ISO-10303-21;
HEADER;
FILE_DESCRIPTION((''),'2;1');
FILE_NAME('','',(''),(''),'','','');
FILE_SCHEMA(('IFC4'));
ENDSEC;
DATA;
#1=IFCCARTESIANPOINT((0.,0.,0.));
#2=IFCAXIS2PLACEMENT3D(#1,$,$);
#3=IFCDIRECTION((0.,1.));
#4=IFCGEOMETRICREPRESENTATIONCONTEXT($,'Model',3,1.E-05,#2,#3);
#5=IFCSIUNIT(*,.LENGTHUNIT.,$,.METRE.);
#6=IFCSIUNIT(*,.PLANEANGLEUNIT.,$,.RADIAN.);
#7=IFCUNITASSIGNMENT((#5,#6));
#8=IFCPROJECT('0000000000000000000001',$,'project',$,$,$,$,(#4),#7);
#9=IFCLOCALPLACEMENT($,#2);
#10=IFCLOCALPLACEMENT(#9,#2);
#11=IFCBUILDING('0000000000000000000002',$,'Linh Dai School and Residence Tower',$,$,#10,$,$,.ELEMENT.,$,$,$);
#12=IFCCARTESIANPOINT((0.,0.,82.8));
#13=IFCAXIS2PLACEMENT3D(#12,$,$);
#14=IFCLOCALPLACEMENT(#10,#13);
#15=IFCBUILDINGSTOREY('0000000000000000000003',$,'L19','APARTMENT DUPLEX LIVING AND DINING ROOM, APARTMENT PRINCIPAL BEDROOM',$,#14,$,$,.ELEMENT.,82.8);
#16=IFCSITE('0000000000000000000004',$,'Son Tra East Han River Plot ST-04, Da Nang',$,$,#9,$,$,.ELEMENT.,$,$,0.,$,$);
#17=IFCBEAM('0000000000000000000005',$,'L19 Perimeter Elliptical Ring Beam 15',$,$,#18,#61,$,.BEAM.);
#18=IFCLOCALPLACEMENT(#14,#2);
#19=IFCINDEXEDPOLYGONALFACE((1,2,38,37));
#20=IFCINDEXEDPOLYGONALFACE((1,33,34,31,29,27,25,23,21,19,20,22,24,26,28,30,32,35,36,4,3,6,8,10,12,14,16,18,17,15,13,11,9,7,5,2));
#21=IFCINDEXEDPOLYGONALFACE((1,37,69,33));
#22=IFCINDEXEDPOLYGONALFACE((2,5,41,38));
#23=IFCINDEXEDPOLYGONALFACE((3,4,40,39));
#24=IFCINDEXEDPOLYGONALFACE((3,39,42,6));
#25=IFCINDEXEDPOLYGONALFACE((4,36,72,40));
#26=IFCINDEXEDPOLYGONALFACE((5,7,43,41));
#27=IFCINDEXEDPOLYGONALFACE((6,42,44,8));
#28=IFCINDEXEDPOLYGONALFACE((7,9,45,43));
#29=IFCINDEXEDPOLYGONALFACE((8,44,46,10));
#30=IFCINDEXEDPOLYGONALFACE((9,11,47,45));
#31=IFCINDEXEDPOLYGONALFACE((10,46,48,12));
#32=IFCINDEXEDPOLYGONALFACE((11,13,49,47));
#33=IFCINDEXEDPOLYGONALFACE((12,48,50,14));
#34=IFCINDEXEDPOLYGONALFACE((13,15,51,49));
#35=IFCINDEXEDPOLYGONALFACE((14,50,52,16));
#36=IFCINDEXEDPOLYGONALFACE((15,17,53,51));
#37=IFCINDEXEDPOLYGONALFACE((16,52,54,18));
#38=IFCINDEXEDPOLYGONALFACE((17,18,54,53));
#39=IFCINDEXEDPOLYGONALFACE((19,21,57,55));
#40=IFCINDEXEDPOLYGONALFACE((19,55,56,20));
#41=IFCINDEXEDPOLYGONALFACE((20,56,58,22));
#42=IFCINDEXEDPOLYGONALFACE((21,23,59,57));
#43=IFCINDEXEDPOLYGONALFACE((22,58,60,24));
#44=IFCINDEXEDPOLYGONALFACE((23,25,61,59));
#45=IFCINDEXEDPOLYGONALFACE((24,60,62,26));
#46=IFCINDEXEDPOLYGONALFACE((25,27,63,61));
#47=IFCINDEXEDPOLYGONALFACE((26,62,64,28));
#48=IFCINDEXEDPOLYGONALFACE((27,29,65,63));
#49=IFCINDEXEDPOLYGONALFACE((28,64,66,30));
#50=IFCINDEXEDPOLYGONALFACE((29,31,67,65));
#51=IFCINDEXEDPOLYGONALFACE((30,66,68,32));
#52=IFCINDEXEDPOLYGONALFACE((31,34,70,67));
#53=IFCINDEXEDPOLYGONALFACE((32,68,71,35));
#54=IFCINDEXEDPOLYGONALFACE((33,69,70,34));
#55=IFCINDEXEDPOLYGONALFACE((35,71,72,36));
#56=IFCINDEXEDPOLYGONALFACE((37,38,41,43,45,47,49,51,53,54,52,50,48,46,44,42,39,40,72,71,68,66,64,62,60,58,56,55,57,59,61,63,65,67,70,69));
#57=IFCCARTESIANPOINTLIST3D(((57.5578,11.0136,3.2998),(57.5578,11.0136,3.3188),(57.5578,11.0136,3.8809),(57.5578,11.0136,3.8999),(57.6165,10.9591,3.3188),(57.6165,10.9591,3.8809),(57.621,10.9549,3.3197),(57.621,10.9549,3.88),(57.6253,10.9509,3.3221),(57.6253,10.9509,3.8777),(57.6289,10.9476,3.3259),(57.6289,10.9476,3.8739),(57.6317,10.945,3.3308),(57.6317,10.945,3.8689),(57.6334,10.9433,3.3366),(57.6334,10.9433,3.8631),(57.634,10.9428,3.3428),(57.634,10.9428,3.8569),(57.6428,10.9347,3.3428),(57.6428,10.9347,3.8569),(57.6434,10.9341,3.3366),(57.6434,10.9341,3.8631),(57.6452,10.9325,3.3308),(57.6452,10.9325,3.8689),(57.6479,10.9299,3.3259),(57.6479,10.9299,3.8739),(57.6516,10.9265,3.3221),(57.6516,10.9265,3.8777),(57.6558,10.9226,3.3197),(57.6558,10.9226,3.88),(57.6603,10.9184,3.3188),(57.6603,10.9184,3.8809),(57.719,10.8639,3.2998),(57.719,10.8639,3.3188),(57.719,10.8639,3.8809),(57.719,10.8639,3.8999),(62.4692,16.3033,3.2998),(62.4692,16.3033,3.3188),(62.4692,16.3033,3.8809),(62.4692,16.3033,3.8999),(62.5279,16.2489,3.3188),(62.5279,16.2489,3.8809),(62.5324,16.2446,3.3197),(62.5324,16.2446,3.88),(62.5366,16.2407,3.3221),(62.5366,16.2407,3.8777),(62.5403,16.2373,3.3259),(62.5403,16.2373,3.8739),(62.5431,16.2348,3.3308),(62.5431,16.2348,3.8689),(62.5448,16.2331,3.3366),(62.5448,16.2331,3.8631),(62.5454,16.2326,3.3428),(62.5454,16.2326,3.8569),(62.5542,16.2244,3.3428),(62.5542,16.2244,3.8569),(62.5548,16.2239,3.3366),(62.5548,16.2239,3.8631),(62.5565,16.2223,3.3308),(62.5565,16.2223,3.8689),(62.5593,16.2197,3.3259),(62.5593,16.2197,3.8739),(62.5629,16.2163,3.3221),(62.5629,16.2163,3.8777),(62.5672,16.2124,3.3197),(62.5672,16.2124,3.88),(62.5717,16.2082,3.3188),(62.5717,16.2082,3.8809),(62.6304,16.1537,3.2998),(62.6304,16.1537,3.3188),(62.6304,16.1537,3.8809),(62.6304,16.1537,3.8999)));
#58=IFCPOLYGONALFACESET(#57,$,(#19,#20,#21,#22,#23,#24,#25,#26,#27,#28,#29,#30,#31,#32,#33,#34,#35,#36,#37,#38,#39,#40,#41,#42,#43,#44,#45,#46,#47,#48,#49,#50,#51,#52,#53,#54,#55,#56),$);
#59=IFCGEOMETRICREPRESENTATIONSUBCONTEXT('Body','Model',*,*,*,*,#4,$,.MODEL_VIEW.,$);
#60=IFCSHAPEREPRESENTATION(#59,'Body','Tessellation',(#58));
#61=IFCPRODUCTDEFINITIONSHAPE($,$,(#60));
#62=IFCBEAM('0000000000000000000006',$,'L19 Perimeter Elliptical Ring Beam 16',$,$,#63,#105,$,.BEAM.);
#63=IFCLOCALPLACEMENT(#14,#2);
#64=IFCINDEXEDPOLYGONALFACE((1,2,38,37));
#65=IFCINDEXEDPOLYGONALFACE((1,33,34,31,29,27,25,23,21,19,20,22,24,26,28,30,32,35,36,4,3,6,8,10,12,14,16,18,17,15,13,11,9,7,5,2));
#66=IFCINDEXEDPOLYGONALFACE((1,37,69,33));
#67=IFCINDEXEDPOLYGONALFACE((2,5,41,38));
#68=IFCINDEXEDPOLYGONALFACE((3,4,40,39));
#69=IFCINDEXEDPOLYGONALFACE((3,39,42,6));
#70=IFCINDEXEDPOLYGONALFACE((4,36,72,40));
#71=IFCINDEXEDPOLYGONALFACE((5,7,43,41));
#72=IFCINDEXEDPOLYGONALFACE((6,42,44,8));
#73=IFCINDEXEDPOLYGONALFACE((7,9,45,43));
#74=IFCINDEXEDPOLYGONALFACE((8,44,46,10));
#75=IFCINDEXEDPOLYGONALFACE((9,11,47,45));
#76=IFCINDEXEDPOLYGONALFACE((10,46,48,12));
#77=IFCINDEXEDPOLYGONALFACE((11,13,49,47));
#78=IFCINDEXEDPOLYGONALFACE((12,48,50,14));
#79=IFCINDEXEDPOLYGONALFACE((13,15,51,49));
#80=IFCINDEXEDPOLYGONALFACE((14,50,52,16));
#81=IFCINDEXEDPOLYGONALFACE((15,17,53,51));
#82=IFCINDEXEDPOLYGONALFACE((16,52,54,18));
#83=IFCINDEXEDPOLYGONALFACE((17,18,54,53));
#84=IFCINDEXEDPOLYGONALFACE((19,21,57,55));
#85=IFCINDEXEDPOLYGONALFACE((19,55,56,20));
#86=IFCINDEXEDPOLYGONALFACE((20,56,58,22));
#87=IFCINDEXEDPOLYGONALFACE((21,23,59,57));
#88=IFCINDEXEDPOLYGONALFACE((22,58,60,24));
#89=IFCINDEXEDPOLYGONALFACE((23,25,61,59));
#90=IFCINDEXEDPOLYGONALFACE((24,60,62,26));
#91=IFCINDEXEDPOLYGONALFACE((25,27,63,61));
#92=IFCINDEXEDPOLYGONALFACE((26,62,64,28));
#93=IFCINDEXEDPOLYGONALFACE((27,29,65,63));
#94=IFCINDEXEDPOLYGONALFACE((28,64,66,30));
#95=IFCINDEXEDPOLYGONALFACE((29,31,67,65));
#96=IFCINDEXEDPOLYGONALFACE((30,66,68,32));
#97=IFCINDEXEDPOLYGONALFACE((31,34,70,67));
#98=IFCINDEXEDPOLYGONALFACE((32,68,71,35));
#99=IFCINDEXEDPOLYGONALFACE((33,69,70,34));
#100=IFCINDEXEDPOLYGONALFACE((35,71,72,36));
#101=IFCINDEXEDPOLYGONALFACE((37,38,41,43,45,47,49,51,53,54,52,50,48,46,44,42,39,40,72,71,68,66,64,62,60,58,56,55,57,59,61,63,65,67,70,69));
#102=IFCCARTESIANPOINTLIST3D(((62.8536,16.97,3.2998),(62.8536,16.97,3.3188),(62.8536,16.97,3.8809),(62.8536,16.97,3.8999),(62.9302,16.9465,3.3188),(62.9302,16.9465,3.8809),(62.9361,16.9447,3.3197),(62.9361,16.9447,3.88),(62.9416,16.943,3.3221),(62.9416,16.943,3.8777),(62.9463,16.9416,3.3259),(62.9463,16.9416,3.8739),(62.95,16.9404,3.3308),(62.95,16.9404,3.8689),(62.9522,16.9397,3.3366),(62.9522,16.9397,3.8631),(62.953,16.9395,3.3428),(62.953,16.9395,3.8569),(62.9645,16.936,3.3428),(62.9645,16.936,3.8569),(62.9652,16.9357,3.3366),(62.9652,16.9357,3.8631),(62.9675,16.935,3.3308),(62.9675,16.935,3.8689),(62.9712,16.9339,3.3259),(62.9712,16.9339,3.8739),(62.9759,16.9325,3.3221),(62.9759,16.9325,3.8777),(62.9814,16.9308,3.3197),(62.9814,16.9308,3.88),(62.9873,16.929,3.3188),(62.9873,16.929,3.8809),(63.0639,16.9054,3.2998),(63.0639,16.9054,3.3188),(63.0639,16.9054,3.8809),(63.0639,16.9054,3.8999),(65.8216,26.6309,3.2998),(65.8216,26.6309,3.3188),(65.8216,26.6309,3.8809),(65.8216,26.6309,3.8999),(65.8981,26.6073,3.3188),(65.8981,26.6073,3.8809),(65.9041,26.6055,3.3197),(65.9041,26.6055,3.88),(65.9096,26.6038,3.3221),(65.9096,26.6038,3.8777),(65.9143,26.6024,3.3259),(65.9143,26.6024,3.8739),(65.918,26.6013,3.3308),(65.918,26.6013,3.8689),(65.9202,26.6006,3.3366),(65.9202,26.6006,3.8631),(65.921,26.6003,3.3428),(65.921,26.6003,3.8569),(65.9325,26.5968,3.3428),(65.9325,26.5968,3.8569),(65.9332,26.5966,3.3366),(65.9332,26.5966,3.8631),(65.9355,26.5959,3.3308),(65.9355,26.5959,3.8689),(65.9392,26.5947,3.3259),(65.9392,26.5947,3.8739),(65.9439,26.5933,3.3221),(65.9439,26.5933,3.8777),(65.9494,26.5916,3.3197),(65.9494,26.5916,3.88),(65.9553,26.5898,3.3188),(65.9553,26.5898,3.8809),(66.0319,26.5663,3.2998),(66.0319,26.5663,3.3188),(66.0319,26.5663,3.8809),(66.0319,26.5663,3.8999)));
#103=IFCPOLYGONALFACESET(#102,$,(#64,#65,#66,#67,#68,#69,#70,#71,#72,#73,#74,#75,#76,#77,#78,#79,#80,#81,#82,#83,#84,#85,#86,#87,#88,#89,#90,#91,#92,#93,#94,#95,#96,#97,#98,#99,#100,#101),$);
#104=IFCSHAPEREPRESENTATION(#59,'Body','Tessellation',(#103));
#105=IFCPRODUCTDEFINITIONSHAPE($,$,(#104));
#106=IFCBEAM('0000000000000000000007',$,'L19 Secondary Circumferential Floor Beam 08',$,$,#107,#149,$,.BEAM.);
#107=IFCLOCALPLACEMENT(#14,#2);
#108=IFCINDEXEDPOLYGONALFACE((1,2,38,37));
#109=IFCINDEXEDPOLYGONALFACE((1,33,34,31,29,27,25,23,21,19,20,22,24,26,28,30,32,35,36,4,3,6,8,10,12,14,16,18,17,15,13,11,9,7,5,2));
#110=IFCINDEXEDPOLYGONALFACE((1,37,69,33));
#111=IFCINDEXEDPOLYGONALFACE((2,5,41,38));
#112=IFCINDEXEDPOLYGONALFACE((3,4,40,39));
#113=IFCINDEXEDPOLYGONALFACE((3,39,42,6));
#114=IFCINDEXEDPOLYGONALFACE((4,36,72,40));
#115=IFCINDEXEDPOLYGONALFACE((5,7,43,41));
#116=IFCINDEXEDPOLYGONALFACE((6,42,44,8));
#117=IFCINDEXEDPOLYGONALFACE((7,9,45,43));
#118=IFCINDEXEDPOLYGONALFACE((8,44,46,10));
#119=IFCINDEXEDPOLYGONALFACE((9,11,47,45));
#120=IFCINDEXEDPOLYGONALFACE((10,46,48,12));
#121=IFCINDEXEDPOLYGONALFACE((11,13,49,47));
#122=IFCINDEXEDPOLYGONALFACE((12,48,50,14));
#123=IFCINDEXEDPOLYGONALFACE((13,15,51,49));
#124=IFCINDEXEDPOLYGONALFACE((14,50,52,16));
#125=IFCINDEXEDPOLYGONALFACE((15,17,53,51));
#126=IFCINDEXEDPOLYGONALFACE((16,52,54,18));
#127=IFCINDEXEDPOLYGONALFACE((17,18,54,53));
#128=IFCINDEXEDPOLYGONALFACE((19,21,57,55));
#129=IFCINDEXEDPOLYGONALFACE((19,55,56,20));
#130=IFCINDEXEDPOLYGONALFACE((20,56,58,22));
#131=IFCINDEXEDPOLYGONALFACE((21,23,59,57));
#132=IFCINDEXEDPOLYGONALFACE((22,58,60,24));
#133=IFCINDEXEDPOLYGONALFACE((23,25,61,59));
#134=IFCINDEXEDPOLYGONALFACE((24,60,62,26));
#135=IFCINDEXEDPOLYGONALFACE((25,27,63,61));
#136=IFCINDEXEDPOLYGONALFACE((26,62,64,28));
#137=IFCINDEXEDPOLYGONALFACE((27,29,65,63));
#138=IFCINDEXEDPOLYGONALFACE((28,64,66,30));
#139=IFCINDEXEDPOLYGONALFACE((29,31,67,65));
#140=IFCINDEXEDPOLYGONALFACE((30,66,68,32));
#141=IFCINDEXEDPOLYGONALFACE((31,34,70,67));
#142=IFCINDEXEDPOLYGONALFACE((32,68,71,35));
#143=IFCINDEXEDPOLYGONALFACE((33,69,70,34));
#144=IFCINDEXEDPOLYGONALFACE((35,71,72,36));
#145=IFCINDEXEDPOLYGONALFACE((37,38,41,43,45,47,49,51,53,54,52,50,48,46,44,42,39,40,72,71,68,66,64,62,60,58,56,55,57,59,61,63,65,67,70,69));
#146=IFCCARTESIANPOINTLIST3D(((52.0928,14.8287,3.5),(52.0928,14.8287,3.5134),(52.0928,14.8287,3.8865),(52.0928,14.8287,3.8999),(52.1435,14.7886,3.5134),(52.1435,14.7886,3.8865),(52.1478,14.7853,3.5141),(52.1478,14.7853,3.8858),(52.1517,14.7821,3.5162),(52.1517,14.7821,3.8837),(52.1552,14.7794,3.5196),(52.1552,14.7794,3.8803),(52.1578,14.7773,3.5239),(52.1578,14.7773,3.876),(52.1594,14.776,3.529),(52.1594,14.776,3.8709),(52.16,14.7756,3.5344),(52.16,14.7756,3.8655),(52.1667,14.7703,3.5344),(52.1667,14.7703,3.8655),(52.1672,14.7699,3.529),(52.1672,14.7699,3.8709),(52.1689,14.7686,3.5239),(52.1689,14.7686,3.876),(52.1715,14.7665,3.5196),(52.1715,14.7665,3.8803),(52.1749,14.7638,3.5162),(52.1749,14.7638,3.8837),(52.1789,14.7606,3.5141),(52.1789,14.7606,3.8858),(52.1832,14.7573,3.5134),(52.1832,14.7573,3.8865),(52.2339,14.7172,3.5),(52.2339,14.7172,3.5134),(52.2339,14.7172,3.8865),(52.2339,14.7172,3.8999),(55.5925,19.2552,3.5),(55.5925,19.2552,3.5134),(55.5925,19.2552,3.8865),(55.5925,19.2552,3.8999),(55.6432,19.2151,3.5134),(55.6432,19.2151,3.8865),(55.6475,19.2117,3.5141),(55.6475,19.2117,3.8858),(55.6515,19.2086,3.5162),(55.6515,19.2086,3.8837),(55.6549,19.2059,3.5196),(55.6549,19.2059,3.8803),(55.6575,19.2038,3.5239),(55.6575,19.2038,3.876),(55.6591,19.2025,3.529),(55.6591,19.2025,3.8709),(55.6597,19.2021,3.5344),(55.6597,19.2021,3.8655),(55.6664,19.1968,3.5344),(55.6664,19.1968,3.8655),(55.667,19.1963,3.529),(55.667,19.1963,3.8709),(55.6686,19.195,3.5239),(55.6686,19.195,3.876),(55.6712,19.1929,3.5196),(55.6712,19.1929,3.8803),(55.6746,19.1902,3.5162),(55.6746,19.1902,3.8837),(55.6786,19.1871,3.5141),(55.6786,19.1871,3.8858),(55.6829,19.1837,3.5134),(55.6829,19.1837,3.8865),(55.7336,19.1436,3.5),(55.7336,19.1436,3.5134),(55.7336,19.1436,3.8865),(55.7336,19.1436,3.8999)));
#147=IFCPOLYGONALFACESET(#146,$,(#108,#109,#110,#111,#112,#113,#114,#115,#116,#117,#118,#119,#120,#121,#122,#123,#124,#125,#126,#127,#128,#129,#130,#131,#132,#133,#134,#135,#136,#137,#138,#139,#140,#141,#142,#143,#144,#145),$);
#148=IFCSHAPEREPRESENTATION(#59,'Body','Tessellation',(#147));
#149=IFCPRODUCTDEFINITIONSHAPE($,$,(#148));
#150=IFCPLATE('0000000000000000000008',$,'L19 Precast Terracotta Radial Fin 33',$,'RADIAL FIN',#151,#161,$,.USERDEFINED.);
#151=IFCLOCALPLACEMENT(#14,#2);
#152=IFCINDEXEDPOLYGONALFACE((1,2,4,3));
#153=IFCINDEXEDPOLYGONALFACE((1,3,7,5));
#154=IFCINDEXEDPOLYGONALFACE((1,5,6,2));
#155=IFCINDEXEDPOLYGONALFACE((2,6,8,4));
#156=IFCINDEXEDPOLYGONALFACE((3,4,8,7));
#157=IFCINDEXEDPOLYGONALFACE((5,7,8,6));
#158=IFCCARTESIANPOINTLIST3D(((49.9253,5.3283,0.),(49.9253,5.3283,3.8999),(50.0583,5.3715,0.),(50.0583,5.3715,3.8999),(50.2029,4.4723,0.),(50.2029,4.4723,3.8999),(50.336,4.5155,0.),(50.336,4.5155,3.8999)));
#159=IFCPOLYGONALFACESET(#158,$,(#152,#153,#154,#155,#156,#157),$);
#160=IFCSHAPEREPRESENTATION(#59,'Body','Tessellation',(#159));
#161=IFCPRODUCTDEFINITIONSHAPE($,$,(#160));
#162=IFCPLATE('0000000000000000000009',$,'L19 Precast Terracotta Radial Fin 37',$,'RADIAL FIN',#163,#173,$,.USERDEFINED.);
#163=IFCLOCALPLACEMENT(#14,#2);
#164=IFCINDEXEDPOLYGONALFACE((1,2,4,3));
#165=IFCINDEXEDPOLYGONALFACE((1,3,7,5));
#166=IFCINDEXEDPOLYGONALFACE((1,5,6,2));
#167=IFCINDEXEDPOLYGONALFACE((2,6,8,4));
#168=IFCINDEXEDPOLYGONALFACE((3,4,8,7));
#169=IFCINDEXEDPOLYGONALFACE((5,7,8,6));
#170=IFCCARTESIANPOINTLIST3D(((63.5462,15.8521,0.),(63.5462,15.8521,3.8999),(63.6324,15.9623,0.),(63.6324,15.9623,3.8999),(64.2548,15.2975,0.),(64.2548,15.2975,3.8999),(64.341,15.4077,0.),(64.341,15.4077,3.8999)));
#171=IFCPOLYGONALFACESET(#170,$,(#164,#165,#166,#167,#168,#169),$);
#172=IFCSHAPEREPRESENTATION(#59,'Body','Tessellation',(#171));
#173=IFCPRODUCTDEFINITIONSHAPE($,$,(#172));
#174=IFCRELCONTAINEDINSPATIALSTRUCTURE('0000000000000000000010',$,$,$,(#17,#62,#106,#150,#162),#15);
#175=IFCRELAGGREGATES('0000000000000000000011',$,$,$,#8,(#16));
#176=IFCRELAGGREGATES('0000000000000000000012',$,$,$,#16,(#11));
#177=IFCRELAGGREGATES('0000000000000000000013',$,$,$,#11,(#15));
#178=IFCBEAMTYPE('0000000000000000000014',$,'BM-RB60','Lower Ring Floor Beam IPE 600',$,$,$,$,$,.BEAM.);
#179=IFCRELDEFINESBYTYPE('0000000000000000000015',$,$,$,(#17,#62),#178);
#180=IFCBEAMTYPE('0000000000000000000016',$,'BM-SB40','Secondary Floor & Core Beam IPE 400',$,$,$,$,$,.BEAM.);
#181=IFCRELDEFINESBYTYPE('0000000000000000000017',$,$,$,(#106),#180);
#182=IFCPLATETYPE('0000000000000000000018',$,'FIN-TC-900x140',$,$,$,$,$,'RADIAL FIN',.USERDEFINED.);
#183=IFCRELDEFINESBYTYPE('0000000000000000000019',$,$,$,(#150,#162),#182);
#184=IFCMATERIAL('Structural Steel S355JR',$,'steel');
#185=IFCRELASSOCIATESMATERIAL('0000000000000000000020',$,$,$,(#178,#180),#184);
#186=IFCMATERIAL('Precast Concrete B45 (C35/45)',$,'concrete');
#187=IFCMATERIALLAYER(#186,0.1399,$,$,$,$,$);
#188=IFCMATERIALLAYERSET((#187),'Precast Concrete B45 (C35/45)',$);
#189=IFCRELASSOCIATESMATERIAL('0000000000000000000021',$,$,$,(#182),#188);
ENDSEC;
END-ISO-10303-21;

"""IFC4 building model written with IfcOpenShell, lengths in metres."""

from ifc_helpers import new_model, si_unit, direction, frame, origin, origin_2d, place, context, subcontext, project, spatial, rectangle, i_section, extrude, source, transform, mapped, material, layer, layer_set, material_profile, profile_set, type_object, element, save


model = new_model("IFC4")

# Units and contexts
model_context = context("Model", 3, precision=1e-05, world=origin(), true_north=direction((0.0, 1.0)))
body_context = subcontext(model_context, "Body", "Model", "MODEL_VIEW")
ifc_project = project(units=[si_unit("LENGTHUNIT", "METRE"), si_unit("PLANEANGLEUNIT", "RADIAN")], contexts=[model_context])

# Site, building, storey
site_placement = place(None, origin())
site = spatial("IfcSite", under=ifc_project, at=site_placement, Name="Son Tra East Han River Plot ST-04, Da Nang", CompositionType="ELEMENT", RefElevation=0.0)
building_placement = place(site_placement, origin())
building = spatial("IfcBuilding", under=site, at=building_placement, Name="Linh Dai School and Residence Tower", CompositionType="ELEMENT")
storey_placement = place(building_placement, frame((0.0, 0.0, 82.8)))
storey = spatial("IfcBuildingStorey", under=building, at=storey_placement, Name="L19", Description="APARTMENT DUPLEX LIVING AND DINING ROOM, APARTMENT PRINCIPAL BEDROOM", CompositionType="ELEMENT", Elevation=82.8)

# Shared definitions
ifc_material_1 = material(Name="Structural Steel S355JR", Category="steel")

# Beams
ifc_material_profile_1 = material_profile(ifc_material_1, i_section(OverallWidth=0.22, OverallDepth=0.6001, WebThickness=0.012, FlangeThickness=0.019, FilletRadius=0.0239, at=origin_2d()), Name="IPE 600")
ifc_profile_set_1 = profile_set([ifc_material_profile_1], Name="Structural Steel S355JR")
beam_type_1 = type_object("IfcBeamType", Name="BM-RB60", Description="Lower Ring Floor Beam IPE 600", PredefinedType="BEAM", material=ifc_profile_set_1)
beam_1_placement = place(storey_placement, frame((57.6384, 10.9387, 3.5999), z_axis=(0.680408, 0.732833, 0.0), x_axis=(-0.732833, 0.680408, 0.0)))
element("IfcBeam", 1, at=beam_1_placement, inside=storey, type_object=beam_type_1, Name="L19 Perimeter Elliptical Ring Beam 15", PredefinedType="BEAM", context=body_context, shape_type="SweptSolid", body=[
    extrude(i_section(OverallWidth=0.22, OverallDepth=0.6001, WebThickness=0.012, FlangeThickness=0.019, FilletRadius=0.0239, at=origin_2d()), origin(), (0.0, 0.0, 1.0), 7.2183),
])
beam_2_placement = place(storey_placement, frame((62.9587, 16.9377, 3.5999), z_axis=(0.293673, 0.955906, 0.0), x_axis=(-0.955906, 0.293673, 0.0)))
element("IfcBeam", 2, at=beam_2_placement, inside=storey, type_object=beam_type_1, Name="L19 Perimeter Elliptical Ring Beam 16", PredefinedType="BEAM", context=body_context, shape_type="SweptSolid", body=[
    extrude(i_section(OverallWidth=0.22, OverallDepth=0.6001, WebThickness=0.012, FlangeThickness=0.019, FilletRadius=0.0239, at=origin_2d()), origin(), (0.0, 0.0, 1.0), 10.1064),
])
ifc_material_profile_2 = material_profile(ifc_material_1, i_section(OverallWidth=0.1799, OverallDepth=0.3999, WebThickness=0.0085, FlangeThickness=0.0134, FilletRadius=0.021, at=origin_2d()), Name="IPE 400")
ifc_profile_set_2 = profile_set([ifc_material_profile_2], Name="Structural Steel S355JR")
beam_type_2 = type_object("IfcBeamType", Name="BM-SB40", Description="Secondary Floor & Core Beam IPE 400", PredefinedType="BEAM", material=ifc_profile_set_2)
beam_3_placement = place(storey_placement, frame((52.1633, 14.7729, 3.7), z_axis=(0.620205, 0.78444, 0.0), x_axis=(-0.78444, 0.620205, 0.0)))
element("IfcBeam", 3, at=beam_3_placement, inside=storey, type_object=beam_type_2, Name="L19 Secondary Circumferential Floor Beam 08", PredefinedType="BEAM", context=body_context, shape_type="SweptSolid", body=[
    extrude(i_section(OverallWidth=0.1799, OverallDepth=0.3999, WebThickness=0.0085, FlangeThickness=0.0134, FilletRadius=0.021, at=origin_2d()), origin(), (0.0, 0.0, 1.0), 5.6428),
])

# Plates
ifc_material_2 = material(Name="Precast Concrete B45 (C35/45)", Category="concrete")
ifc_layer_1 = layer(ifc_material_2, 0.1399)
ifc_layer_set_1 = layer_set([ifc_layer_1], Name="Precast Concrete B45 (C35/45)")
plate_type = type_object("IfcPlateType", Name="FIN-TC-900x140", ElementType="RADIAL FIN", PredefinedType="USERDEFINED", material=ifc_layer_set_1)
shared_shape_1 = source(origin(), body_context, "Body", "SweptSolid", [
    extrude(rectangle(XDim=0.8999, YDim=0.1399, at=origin_2d()), origin(), (0.0, 0.0, 1.0), 3.8999),
])
for number, where, z_axis, x_axis, name in (
    (4, (50.1306, 4.9219, 0.0), (0.0, 0.0, 1.0), (0.308511, -0.951221, 0.0), "L19 Precast Terracotta Radial Fin 33"),
    (5, (63.9436, 15.6299, 0.0), (0.0, 0.0, 1.0), (0.787496, -0.616319, 0.0), "L19 Precast Terracotta Radial Fin 37"),
):
    element("IfcPlate", number, at=place(storey_placement, frame(where, z_axis=z_axis, x_axis=x_axis)), inside=storey, type_object=plate_type, Name=name, ObjectType="RADIAL FIN", PredefinedType="USERDEFINED", context=body_context, shape_type="MappedRepresentation", body=[
        mapped(shared_shape_1, transform((0.0, 0.0, 0.0), x_axis=(1.0, 0.0, 0.0), y_axis=(0.0, 1.0, 0.0), z_axis=(0.0, 0.0, 1.0), scale=1.0)),
    ])

save(model, "model.ifc")
